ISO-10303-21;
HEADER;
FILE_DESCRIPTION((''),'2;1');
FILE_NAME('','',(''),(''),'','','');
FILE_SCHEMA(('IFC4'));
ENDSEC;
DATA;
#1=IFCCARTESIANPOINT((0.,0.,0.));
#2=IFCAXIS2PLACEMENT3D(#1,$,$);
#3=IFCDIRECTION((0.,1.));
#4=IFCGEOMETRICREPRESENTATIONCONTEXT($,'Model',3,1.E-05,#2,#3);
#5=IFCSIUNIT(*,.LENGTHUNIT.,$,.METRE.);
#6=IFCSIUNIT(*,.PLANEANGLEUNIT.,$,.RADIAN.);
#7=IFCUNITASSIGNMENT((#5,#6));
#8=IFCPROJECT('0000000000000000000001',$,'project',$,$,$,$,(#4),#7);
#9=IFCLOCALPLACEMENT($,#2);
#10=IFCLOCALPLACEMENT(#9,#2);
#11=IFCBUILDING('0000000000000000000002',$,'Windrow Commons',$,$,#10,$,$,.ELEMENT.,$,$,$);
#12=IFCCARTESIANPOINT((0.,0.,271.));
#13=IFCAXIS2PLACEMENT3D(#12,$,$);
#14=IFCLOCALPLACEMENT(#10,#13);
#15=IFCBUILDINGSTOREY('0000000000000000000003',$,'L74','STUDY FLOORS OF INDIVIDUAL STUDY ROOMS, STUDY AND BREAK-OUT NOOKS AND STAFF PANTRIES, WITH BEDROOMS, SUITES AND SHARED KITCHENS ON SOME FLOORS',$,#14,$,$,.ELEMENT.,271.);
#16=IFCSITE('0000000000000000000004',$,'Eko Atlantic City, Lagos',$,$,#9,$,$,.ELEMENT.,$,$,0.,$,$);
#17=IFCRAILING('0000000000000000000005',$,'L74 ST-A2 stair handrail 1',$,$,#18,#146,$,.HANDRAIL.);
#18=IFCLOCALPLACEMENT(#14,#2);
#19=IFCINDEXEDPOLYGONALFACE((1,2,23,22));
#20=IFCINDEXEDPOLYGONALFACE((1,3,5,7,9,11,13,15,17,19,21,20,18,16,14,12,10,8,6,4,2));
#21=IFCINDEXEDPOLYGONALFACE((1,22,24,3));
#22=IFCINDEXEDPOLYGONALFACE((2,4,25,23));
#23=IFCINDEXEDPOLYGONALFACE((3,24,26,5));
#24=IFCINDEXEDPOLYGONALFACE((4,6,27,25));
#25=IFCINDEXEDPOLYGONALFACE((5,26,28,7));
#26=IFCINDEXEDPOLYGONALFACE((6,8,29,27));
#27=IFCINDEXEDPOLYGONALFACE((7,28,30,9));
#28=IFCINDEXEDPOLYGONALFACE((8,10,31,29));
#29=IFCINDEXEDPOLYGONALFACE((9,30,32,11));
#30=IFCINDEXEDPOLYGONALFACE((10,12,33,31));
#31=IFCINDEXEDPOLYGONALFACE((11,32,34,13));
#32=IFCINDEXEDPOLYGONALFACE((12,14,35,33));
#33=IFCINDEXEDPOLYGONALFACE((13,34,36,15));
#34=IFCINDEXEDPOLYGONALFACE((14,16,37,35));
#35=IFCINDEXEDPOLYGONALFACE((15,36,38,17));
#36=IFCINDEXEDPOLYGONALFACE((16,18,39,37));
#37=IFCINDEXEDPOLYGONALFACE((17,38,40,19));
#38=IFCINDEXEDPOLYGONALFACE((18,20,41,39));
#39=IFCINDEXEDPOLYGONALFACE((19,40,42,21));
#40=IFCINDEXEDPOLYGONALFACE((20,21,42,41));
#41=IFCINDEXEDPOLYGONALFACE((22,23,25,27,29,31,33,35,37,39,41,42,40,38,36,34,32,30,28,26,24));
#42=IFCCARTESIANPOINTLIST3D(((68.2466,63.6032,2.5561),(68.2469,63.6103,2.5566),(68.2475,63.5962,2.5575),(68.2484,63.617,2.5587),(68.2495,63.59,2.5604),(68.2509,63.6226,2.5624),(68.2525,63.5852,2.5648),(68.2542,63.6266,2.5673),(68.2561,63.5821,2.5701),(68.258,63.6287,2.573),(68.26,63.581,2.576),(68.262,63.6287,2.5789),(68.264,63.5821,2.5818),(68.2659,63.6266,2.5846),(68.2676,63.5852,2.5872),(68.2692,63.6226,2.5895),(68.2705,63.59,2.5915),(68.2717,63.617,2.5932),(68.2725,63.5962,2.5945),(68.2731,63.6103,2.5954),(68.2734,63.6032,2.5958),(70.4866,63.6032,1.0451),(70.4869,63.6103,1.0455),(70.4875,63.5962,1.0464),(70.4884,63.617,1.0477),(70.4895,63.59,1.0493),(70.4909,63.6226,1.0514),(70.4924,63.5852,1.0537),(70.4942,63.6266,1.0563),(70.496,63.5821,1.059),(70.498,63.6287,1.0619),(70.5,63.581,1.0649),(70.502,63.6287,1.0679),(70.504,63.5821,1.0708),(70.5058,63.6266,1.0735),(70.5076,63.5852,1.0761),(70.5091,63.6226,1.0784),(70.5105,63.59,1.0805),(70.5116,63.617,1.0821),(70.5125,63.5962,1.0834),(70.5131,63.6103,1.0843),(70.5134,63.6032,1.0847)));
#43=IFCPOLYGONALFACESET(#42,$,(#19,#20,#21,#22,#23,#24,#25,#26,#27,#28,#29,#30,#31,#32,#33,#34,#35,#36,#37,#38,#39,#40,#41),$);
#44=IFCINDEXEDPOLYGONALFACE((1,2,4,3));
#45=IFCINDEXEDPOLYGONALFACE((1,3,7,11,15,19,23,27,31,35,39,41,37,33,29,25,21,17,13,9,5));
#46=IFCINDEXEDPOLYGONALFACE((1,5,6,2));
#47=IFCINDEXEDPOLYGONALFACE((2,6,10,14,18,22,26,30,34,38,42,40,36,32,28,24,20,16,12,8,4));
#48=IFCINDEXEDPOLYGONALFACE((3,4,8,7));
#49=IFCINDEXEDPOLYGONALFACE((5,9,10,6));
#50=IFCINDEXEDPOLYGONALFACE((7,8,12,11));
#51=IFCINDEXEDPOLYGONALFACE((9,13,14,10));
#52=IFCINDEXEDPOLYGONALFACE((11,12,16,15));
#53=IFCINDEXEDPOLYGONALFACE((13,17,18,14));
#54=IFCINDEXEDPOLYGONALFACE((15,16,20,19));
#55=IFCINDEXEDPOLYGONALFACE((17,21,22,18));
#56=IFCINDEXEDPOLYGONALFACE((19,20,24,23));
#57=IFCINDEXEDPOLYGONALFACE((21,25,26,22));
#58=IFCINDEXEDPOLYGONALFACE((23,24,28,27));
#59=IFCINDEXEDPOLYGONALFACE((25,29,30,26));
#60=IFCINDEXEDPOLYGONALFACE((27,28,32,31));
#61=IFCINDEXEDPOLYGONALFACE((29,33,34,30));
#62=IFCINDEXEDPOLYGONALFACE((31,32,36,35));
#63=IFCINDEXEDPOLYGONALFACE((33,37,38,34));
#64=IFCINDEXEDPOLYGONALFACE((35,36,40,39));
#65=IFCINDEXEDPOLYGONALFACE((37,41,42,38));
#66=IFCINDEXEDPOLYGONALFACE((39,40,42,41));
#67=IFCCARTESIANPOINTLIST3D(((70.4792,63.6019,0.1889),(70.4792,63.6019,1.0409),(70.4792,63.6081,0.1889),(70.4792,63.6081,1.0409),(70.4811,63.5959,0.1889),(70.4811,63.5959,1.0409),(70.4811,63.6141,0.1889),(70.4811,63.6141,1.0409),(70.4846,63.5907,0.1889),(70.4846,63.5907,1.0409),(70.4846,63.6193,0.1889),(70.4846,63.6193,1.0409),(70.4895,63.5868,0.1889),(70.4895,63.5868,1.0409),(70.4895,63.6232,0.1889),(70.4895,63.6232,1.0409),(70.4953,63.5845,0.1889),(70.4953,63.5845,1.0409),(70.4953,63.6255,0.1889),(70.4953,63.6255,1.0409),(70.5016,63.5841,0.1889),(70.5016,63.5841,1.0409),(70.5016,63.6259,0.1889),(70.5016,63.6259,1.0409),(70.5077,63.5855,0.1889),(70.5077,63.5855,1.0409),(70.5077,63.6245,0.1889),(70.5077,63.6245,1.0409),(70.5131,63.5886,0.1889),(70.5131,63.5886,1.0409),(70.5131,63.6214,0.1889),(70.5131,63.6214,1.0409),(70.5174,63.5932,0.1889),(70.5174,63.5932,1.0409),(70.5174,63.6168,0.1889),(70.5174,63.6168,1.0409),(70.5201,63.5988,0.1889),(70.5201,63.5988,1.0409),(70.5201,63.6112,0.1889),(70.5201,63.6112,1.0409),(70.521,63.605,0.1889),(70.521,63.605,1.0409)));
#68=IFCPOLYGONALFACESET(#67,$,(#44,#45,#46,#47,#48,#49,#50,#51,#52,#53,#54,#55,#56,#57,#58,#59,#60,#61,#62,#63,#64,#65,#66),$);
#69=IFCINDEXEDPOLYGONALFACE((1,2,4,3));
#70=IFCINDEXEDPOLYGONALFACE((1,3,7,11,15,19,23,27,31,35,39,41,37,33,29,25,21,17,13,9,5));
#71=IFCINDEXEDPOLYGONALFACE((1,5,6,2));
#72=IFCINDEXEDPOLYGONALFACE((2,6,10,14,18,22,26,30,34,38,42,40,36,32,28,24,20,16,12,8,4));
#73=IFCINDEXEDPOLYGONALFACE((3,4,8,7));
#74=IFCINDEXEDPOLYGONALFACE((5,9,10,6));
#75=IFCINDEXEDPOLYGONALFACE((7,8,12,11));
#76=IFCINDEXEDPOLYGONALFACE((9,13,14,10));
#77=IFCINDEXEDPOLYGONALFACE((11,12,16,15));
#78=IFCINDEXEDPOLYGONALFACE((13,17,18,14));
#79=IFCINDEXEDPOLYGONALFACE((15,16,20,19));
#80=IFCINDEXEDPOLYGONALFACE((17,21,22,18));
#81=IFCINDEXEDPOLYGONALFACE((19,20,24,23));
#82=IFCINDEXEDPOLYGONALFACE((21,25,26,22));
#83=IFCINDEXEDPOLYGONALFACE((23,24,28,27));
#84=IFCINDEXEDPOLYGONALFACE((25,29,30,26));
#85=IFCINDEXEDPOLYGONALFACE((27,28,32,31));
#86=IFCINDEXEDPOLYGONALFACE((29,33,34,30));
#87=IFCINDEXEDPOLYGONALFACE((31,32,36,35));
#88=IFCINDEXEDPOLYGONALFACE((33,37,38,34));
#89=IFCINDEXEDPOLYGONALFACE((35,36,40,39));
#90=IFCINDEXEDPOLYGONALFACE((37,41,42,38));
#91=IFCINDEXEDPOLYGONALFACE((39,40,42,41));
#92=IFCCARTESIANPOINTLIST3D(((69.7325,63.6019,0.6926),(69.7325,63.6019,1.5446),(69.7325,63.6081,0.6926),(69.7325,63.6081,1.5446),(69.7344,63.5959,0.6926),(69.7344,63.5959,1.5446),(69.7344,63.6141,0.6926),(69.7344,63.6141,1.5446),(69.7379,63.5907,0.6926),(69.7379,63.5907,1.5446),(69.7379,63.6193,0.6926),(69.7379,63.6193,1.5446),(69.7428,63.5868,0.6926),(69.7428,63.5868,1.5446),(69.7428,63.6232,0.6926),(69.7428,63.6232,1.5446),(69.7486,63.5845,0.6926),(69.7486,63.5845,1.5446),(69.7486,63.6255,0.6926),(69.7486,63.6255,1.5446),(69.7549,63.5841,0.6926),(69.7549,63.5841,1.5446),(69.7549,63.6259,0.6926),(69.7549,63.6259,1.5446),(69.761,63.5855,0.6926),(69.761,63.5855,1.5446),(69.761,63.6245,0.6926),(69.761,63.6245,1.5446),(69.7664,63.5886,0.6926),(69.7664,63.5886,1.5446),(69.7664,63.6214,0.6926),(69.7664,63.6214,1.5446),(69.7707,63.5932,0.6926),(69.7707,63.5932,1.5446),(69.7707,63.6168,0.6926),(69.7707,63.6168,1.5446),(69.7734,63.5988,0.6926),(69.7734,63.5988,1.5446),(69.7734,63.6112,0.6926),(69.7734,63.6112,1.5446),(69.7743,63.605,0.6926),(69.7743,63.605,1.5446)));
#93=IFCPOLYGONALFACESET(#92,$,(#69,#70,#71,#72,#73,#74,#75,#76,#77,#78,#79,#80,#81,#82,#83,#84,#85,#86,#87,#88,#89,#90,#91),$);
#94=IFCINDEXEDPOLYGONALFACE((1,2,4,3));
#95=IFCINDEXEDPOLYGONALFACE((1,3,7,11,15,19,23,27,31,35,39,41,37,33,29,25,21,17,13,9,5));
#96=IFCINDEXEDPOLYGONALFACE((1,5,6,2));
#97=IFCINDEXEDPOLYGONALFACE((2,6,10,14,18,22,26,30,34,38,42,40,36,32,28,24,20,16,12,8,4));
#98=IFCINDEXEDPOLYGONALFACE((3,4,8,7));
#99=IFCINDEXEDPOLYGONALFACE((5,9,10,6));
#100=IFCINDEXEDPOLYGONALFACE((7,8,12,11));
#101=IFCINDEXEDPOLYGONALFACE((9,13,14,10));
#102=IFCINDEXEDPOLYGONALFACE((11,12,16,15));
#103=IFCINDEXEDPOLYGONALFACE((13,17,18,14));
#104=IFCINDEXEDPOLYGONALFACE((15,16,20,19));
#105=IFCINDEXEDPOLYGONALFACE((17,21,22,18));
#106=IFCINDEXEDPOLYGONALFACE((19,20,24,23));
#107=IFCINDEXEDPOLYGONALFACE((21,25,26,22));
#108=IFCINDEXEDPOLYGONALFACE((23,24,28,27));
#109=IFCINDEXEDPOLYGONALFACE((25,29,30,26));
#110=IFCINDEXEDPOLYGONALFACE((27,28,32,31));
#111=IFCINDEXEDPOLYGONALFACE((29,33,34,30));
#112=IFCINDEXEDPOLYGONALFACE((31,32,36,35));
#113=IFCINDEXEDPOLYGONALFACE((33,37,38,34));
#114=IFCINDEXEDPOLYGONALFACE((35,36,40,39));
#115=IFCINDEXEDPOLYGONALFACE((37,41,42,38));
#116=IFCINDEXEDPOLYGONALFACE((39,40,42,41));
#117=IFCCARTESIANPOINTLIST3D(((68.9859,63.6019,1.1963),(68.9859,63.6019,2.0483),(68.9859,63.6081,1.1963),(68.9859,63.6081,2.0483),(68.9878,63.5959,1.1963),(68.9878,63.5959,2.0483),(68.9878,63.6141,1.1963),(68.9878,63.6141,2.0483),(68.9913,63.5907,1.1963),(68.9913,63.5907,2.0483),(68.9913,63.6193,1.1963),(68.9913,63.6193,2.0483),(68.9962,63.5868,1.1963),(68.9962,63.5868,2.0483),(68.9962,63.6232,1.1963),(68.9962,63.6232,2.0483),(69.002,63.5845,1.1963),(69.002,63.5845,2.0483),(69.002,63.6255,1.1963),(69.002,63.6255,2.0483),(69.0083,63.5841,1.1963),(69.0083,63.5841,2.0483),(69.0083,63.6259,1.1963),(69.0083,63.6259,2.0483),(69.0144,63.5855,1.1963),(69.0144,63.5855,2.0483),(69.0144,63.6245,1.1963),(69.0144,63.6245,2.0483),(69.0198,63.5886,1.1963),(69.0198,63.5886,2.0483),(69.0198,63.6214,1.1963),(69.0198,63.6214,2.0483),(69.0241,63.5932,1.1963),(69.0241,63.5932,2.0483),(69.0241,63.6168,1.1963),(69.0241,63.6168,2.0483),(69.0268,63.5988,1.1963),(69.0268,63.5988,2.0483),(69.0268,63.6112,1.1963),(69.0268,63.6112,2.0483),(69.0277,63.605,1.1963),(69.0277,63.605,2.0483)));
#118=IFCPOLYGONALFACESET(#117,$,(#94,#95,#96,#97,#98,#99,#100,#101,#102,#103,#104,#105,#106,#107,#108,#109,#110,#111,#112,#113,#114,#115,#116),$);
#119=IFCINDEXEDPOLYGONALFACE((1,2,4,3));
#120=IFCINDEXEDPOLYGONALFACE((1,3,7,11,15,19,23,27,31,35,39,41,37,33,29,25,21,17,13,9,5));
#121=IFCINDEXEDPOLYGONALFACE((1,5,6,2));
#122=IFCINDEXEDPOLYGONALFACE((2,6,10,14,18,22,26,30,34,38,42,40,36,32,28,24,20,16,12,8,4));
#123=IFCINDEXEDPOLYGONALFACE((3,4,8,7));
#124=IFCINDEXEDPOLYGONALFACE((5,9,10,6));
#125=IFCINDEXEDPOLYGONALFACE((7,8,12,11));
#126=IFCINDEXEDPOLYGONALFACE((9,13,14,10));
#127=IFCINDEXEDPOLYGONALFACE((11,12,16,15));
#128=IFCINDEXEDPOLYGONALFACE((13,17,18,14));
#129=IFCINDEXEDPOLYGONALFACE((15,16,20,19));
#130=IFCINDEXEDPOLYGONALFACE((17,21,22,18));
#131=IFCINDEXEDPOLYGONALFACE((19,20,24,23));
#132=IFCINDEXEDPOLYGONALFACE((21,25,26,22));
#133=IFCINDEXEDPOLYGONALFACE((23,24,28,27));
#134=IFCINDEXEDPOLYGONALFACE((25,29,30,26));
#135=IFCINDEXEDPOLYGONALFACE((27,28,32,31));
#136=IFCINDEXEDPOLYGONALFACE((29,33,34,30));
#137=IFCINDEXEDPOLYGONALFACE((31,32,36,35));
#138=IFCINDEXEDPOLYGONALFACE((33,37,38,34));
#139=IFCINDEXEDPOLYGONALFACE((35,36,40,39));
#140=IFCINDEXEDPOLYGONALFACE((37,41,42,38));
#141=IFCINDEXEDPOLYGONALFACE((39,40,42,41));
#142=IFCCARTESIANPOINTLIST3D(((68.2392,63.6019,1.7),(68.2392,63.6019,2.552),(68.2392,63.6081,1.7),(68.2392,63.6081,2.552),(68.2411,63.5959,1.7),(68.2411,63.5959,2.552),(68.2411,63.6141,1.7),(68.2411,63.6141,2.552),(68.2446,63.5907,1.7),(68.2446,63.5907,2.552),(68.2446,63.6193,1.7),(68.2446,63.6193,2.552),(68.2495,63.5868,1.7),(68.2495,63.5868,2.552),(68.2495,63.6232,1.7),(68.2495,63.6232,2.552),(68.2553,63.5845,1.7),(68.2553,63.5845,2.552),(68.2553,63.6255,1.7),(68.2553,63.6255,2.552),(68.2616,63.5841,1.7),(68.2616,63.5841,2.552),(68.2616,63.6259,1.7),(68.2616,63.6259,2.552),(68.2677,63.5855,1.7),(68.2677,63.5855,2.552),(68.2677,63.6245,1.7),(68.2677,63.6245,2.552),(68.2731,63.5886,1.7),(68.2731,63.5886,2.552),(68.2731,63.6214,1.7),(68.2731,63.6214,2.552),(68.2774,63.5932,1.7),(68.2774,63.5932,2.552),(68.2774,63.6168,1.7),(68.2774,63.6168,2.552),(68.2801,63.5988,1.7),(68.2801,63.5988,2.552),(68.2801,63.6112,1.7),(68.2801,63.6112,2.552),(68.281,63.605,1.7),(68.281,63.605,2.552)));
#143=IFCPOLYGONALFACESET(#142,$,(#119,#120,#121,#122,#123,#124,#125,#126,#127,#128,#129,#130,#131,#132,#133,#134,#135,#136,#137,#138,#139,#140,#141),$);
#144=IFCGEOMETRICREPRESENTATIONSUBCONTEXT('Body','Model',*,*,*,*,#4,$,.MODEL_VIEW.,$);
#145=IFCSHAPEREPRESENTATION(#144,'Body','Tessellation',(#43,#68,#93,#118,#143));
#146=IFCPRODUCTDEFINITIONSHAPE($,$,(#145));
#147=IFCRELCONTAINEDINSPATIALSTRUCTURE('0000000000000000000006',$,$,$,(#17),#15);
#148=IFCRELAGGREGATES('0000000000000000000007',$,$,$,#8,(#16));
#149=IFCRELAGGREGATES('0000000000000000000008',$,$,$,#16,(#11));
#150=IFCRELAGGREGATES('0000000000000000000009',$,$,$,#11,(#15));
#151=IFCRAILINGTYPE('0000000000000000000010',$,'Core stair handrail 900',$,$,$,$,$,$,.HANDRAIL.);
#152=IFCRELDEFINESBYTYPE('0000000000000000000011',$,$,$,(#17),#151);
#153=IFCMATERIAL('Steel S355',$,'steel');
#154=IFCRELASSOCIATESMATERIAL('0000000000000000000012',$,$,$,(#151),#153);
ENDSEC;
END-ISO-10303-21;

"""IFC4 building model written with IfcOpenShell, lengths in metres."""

from ifc_helpers import new_model, si_unit, direction, frame, origin, origin_2d, place, context, subcontext, project, spatial, circle, extrude, material, type_object, element, save


model = new_model("IFC4")

# Units and contexts
model_context = context("Model", 3, precision=1e-05, world=origin(), true_north=direction((0.0, 1.0)))
body_context = subcontext(model_context, "Body", "Model", "MODEL_VIEW")
ifc_project = project(units=[si_unit("LENGTHUNIT", "METRE"), si_unit("PLANEANGLEUNIT", "RADIAN")], contexts=[model_context])

# Site, building, storey
site_placement = place(None, origin())
site = spatial("IfcSite", under=ifc_project, at=site_placement, Name="Eko Atlantic City, Lagos", CompositionType="ELEMENT", RefElevation=0.0)
building_placement = place(site_placement, origin())
building = spatial("IfcBuilding", under=site, at=building_placement, Name="Windrow Commons", CompositionType="ELEMENT")
storey_placement = place(building_placement, frame((0.0, 0.0, 271.0)))
storey = spatial("IfcBuildingStorey", under=building, at=storey_placement, Name="L74", Description="STUDY FLOORS OF INDIVIDUAL STUDY ROOMS, STUDY AND BREAK-OUT NOOKS AND STAFF PANTRIES, WITH BEDROOMS, SUITES AND SHARED KITCHENS ON SOME FLOORS", CompositionType="ELEMENT", Elevation=271.0)

# Railing
ifc_material_1 = material(Name="Steel S355", Category="steel")
railing_type_1 = type_object("IfcRailingType", Name="Core stair handrail 900", PredefinedType="HANDRAIL", material=ifc_material_1)
for number, where, name in (
    (1, (70.5, 63.605, 0.1889), "L74 ST-A2 stair handrail 1"),
):
    element("IfcRailing", number, at=place(storey_placement, frame(where)), inside=storey, type_object=railing_type_1, Name=name, PredefinedType="HANDRAIL", context=body_context, shape_type="SweptSolid", body=[
        extrude(circle(Radius=0.024, at=origin_2d()), frame((0.0, 0.0, 0.876), z_axis=(-0.829003, 0.0, 0.559244), x_axis=(0.0, -1.0, 0.0)), (0.0, 0.0, 1.0), 2.702),
        extrude(circle(Radius=0.021, at=origin_2d()), origin(), (0.0, 0.0, 1.0), 0.852),
        extrude(circle(Radius=0.021, at=origin_2d()), frame((-0.7467, 0.0, 0.5037)), (0.0, 0.0, 1.0), 0.852),
        extrude(circle(Radius=0.021, at=origin_2d()), frame((-1.4933, 0.0, 1.0074)), (0.0, 0.0, 1.0), 0.852),
        extrude(circle(Radius=0.021, at=origin_2d()), frame((-2.24, 0.0, 1.5111)), (0.0, 0.0, 1.0), 0.852),
    ])

save(model, "model.ifc")
